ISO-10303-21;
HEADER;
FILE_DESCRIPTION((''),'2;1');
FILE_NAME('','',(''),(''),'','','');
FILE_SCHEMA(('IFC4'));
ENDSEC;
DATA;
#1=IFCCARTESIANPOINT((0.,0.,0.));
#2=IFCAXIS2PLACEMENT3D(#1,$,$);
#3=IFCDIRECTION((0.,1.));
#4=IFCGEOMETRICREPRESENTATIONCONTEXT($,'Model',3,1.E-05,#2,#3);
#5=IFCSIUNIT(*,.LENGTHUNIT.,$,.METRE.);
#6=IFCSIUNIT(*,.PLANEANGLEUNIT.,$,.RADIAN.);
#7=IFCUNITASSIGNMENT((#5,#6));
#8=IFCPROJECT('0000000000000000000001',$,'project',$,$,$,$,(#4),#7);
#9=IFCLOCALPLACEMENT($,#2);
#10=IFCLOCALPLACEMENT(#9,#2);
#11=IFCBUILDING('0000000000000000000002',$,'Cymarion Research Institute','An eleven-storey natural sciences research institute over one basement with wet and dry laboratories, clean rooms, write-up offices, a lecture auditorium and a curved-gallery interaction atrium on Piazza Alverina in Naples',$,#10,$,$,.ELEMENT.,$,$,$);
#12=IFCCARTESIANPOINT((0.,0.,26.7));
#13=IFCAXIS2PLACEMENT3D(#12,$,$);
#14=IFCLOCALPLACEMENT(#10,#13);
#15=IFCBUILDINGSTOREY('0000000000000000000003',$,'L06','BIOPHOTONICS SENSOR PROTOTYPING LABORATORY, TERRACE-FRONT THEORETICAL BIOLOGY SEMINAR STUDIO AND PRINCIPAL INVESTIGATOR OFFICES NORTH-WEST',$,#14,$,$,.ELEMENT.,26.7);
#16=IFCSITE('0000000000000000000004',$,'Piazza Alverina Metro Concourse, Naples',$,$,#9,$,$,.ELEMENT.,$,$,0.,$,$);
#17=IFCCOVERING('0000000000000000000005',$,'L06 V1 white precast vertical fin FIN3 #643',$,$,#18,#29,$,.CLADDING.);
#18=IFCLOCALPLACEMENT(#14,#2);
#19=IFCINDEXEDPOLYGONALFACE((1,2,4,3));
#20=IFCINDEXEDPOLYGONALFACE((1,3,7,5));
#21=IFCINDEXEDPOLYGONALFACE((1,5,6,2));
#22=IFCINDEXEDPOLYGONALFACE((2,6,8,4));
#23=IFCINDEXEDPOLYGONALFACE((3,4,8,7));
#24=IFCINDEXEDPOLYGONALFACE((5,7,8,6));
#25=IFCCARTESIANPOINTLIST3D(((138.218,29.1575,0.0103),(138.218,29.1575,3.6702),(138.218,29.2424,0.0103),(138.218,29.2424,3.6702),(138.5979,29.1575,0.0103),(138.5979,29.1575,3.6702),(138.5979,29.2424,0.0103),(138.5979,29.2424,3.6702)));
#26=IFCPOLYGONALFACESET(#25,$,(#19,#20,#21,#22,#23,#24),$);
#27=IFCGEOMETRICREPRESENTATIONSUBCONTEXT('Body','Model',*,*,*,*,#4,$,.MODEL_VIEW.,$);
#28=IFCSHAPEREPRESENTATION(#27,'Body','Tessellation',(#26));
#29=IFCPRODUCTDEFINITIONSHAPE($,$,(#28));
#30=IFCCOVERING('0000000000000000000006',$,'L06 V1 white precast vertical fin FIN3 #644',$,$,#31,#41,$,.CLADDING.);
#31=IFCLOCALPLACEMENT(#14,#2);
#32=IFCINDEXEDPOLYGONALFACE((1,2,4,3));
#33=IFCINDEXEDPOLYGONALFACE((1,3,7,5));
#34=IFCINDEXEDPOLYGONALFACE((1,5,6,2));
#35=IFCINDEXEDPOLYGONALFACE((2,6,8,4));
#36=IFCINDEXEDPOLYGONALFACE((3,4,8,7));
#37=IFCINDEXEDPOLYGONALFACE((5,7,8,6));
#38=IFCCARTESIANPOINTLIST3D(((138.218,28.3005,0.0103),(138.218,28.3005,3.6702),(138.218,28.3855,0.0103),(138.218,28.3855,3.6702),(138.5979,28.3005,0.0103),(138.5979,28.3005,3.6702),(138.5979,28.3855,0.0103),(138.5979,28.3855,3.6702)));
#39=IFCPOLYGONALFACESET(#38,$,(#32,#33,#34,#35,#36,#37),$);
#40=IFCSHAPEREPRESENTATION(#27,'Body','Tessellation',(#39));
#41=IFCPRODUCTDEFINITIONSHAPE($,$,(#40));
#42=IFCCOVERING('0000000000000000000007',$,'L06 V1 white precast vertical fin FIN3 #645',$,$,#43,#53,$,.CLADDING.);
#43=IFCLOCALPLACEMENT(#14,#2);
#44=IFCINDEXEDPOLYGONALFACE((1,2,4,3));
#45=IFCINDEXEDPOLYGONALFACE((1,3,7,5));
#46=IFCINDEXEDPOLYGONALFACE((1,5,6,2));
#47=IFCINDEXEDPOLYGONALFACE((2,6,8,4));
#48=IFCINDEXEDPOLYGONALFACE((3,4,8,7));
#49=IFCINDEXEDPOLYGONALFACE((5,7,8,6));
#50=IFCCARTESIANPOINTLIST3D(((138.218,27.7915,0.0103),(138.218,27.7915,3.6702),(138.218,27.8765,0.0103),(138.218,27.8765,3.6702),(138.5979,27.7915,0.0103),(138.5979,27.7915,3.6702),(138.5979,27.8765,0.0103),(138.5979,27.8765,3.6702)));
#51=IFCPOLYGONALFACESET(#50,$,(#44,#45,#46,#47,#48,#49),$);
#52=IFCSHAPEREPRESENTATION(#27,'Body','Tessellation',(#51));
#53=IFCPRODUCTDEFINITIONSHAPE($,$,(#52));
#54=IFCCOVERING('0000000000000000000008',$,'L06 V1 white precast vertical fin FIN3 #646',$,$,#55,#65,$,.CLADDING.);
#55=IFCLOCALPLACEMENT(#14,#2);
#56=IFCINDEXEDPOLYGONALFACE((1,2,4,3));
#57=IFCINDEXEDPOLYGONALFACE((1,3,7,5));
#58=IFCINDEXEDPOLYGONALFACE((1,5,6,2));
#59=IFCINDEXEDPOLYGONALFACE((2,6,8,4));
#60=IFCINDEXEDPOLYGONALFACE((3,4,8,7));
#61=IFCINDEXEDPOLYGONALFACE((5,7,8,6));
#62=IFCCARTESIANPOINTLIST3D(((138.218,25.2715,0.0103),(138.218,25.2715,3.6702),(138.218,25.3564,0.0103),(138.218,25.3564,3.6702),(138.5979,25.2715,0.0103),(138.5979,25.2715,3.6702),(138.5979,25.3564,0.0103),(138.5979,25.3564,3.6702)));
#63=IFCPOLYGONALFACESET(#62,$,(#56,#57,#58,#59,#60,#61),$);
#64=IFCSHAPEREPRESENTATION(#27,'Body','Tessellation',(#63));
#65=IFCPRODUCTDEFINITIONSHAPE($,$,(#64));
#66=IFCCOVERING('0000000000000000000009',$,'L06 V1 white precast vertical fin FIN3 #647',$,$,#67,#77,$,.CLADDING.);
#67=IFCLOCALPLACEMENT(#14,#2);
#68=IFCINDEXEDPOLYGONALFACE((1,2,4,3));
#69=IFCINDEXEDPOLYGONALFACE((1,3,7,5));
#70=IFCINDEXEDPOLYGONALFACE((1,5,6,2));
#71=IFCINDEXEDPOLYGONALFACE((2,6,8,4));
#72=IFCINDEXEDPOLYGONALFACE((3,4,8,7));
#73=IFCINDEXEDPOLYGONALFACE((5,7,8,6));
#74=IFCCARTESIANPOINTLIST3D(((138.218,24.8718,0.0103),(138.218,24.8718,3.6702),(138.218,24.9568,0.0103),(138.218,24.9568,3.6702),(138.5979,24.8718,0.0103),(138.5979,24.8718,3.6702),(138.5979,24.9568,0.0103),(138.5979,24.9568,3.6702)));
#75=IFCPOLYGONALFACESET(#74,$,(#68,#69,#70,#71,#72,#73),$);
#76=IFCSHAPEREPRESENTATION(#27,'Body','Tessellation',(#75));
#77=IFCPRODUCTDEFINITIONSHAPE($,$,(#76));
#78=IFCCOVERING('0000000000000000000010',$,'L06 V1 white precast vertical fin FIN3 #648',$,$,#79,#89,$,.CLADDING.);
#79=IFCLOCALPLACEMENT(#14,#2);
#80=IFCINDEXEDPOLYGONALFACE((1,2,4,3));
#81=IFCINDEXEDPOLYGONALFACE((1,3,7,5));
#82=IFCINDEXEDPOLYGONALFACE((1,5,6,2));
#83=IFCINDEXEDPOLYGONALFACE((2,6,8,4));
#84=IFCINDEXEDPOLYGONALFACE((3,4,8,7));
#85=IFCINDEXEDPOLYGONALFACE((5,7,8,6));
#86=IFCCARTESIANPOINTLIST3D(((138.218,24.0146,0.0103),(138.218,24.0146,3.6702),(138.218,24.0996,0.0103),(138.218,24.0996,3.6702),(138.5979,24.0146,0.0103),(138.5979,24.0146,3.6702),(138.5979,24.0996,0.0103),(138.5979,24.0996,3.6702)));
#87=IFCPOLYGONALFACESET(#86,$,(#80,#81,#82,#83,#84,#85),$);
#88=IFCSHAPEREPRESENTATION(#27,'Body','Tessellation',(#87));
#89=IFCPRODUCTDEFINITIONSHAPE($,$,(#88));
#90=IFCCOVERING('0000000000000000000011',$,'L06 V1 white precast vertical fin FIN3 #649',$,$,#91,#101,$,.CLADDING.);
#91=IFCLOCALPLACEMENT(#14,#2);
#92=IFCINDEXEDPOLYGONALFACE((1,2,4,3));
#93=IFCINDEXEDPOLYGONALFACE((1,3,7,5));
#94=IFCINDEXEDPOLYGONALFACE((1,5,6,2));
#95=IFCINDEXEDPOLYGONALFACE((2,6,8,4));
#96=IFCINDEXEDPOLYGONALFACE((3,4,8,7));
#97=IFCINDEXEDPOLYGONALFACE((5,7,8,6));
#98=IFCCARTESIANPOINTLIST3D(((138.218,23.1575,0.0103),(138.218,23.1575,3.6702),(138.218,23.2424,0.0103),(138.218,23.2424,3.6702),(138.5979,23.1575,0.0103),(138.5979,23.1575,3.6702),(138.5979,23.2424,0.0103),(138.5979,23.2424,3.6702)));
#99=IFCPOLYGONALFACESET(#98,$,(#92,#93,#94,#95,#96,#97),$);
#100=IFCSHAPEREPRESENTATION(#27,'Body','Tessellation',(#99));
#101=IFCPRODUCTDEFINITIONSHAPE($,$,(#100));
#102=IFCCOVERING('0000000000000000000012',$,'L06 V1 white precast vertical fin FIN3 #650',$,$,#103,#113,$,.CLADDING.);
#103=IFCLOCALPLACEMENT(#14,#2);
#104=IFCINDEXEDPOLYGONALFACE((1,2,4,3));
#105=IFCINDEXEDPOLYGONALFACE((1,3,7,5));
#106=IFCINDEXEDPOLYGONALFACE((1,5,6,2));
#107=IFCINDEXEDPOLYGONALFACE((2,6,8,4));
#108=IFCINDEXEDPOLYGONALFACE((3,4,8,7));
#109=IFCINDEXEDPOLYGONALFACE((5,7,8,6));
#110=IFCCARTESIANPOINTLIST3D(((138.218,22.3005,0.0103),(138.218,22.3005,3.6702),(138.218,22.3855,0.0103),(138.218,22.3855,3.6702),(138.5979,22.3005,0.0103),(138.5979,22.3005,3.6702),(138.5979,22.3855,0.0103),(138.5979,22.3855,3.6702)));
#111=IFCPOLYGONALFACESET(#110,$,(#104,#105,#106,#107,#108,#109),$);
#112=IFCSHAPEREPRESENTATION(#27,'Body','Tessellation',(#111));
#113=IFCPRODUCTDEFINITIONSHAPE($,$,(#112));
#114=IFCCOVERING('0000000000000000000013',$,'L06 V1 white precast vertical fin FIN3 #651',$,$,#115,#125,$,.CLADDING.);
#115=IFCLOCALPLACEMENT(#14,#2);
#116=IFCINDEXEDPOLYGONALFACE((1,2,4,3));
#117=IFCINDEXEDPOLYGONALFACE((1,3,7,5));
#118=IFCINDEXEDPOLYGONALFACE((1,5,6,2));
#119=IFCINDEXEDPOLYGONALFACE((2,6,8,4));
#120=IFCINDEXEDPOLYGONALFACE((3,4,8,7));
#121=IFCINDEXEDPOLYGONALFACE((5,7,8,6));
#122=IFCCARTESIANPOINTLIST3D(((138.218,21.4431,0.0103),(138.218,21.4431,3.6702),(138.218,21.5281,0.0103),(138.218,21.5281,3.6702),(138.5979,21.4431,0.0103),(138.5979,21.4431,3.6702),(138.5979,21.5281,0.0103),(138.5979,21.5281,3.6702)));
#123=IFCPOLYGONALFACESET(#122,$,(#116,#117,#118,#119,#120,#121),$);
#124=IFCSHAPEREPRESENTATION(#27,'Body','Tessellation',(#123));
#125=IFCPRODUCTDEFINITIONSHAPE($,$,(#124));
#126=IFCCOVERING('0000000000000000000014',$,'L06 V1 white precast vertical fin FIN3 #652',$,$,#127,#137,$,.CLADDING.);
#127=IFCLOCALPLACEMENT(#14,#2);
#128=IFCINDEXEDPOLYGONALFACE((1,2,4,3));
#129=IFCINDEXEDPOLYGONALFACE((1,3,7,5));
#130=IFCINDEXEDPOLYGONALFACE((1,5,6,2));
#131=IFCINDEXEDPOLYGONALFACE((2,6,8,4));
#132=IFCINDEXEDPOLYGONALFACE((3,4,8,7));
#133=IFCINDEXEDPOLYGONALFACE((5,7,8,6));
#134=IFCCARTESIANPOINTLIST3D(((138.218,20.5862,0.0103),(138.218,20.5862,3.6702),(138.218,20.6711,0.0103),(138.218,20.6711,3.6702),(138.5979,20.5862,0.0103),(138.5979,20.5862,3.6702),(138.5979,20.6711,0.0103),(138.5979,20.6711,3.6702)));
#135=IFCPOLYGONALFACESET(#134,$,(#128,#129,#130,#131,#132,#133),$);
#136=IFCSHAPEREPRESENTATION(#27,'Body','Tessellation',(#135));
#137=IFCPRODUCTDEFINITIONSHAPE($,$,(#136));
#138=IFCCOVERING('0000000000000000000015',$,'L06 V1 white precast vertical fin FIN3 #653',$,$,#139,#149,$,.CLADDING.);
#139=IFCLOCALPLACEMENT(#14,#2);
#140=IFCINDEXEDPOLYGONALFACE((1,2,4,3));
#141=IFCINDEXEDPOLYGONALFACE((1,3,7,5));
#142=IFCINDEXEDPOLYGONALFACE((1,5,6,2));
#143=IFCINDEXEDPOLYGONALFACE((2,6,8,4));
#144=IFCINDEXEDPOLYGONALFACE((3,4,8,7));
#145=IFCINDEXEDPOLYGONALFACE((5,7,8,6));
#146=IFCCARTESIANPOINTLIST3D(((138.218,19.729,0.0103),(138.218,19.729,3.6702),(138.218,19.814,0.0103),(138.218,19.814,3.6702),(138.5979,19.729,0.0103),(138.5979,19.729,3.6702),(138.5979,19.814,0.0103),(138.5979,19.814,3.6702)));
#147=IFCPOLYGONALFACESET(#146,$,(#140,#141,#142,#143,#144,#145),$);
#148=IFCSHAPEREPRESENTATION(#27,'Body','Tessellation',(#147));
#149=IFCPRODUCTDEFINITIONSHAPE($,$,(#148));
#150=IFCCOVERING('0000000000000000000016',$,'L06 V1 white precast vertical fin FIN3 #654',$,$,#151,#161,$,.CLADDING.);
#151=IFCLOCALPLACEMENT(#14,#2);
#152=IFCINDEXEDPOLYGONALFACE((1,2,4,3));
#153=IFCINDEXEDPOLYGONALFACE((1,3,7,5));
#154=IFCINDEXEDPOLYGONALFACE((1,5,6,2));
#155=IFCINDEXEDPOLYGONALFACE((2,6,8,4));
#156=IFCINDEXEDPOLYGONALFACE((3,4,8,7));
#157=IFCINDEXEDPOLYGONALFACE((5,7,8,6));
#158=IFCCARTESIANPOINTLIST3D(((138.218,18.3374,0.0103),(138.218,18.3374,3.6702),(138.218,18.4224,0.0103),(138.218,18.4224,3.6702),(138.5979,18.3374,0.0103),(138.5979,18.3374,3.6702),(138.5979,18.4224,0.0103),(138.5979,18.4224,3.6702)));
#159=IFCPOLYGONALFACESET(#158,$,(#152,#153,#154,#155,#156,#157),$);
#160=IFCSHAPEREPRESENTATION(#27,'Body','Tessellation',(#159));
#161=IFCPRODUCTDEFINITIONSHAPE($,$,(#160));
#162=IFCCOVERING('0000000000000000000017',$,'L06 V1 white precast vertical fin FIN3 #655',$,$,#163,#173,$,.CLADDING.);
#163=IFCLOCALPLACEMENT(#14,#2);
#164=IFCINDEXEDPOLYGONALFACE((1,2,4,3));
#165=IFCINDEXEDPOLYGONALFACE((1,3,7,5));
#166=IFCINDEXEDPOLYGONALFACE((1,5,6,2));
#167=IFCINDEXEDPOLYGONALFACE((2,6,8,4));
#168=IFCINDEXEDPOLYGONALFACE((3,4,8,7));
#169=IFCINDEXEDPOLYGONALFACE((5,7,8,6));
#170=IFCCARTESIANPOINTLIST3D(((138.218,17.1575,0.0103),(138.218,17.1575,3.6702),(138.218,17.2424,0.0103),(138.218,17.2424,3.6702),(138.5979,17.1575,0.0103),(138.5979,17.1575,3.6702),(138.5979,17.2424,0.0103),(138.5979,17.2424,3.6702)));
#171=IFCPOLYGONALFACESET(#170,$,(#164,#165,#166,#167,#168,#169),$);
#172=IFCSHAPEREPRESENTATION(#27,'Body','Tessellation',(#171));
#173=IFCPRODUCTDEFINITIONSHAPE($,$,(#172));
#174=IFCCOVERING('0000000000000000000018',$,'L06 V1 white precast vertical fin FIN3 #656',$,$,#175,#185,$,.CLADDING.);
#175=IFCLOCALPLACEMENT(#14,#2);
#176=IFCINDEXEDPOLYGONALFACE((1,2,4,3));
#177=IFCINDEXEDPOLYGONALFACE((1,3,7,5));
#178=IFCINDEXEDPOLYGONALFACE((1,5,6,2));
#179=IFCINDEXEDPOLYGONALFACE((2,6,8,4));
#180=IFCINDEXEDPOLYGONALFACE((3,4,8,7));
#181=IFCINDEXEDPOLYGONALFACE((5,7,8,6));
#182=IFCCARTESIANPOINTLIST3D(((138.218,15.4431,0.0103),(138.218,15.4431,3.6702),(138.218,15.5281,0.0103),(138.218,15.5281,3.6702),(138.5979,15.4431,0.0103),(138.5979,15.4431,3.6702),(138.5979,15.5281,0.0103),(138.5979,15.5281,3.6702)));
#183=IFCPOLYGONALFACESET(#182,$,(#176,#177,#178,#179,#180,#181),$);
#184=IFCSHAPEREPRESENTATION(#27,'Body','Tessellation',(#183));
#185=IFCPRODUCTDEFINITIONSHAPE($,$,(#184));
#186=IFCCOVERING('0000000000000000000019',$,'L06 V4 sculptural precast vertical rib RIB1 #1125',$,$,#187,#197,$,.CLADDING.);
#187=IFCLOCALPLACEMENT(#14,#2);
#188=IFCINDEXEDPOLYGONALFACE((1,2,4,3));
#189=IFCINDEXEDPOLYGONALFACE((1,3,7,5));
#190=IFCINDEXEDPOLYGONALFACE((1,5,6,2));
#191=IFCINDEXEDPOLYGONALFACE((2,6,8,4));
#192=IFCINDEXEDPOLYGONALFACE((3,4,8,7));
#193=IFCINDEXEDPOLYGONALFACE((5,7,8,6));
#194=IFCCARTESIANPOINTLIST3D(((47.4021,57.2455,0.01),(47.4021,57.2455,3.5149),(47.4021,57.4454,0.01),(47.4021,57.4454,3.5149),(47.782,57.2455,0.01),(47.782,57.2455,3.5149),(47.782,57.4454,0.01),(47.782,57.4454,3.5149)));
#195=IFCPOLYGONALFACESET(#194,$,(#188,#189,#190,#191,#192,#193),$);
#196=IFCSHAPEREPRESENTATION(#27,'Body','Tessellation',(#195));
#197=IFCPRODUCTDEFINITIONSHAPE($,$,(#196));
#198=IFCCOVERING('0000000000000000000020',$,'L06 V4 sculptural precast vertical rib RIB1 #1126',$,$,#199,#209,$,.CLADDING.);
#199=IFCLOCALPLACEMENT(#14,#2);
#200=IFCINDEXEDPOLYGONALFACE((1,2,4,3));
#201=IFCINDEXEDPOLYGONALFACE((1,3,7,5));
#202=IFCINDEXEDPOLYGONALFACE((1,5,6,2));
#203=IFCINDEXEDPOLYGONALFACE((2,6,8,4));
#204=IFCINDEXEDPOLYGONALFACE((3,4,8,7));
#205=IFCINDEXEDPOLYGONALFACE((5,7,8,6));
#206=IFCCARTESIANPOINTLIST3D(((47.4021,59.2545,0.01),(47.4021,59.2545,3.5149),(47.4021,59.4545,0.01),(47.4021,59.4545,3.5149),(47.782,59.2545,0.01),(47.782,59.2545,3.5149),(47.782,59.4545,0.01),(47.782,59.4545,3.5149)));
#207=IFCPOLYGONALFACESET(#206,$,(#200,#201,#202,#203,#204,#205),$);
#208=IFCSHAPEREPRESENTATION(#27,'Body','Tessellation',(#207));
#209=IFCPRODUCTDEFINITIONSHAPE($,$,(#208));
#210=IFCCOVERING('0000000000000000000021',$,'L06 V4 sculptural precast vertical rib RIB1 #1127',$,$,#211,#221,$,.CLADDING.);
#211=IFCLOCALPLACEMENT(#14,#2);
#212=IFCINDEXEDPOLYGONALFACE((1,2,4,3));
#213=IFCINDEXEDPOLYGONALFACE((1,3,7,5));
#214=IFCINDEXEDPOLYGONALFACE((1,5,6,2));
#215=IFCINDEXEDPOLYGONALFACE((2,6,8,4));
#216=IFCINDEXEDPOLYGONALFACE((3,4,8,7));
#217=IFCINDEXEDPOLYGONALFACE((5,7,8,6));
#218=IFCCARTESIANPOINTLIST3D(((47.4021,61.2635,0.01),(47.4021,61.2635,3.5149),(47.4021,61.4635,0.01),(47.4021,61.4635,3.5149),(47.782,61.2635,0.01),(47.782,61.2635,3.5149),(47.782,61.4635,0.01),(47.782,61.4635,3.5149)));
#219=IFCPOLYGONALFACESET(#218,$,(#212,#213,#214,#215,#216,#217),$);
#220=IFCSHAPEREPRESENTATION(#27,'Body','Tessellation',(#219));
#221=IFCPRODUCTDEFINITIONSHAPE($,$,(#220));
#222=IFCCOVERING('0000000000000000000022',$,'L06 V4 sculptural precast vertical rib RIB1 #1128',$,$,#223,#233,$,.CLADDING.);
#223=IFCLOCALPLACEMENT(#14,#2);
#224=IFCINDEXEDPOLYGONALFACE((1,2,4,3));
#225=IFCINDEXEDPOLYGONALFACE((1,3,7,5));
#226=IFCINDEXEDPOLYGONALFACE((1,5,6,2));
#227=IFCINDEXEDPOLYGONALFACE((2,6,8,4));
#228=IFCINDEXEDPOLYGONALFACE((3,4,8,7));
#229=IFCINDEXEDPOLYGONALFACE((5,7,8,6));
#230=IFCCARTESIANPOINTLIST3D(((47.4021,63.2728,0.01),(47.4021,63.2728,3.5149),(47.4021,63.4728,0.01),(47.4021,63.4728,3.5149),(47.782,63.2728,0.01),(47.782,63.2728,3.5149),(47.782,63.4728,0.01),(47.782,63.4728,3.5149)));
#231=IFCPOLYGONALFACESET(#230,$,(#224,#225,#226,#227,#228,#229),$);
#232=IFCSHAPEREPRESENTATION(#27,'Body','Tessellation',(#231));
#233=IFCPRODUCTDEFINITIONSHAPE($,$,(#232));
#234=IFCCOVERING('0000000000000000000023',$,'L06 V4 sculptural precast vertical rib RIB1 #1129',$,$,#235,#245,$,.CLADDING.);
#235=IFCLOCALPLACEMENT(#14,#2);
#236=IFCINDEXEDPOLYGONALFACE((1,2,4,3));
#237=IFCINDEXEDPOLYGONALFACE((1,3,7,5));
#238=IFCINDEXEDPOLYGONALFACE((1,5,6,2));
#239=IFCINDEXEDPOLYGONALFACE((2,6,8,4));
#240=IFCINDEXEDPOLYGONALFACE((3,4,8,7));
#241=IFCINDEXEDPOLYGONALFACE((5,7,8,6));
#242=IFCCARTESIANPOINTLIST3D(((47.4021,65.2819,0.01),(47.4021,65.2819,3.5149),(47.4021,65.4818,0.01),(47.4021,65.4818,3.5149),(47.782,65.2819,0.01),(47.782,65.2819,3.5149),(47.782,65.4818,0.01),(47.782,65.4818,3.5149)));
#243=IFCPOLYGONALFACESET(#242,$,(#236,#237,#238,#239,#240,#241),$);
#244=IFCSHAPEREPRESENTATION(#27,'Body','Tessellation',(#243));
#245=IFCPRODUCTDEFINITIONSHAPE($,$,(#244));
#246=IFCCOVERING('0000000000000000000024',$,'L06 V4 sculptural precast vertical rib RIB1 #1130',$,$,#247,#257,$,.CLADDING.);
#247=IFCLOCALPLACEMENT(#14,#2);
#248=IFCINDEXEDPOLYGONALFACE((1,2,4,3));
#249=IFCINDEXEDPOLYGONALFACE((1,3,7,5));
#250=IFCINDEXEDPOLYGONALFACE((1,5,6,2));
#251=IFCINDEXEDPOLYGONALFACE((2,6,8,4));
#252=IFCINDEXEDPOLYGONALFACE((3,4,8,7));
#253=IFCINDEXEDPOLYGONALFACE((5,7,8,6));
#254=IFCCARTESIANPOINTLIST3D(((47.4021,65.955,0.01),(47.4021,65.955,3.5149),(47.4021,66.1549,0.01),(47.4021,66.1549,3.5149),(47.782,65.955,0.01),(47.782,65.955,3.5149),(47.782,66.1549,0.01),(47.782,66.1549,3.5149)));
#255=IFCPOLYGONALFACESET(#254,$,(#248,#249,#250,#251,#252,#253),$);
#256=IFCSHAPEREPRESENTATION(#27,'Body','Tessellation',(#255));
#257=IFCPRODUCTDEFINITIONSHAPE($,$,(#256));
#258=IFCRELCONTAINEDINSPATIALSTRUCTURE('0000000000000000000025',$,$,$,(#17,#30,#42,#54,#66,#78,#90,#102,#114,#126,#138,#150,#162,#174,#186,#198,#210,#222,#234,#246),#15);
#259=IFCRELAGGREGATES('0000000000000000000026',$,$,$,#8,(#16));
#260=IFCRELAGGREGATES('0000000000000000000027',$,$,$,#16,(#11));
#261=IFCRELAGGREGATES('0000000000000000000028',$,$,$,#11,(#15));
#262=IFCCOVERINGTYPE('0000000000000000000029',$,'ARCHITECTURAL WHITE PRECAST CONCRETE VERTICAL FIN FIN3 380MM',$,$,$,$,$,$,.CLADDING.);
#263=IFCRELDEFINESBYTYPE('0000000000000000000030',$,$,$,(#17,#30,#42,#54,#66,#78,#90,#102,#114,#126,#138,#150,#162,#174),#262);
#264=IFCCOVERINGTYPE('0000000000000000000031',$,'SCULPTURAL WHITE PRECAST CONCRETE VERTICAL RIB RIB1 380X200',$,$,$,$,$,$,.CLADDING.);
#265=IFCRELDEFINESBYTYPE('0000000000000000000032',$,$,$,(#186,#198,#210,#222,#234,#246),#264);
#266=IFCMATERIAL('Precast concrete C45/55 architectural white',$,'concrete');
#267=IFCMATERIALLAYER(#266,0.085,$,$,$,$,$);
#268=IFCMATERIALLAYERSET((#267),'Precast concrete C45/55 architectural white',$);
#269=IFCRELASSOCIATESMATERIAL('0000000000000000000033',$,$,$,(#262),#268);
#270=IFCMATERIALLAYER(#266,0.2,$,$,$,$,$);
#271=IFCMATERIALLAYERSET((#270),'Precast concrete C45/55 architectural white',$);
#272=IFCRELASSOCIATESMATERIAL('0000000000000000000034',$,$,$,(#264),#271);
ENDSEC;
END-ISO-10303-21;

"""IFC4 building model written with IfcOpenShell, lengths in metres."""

from ifc_helpers import new_model, si_unit, direction, frame, origin, origin_2d, place, context, subcontext, project, spatial, rectangle, extrude, material, layer, layer_set, type_object, element, save


model = new_model("IFC4")

# Units and contexts
model_context = context("Model", 3, precision=1e-05, world=origin(), true_north=direction((0.0, 1.0)))
body_context = subcontext(model_context, "Body", "Model", "MODEL_VIEW")
ifc_project = project(units=[si_unit("LENGTHUNIT", "METRE"), si_unit("PLANEANGLEUNIT", "RADIAN")], contexts=[model_context])

# Site, building, storey
site_placement = place(None, origin())
site = spatial("IfcSite", under=ifc_project, at=site_placement, Name="Piazza Alverina Metro Concourse, Naples", CompositionType="ELEMENT", RefElevation=0.0)
building_placement = place(site_placement, origin())
building = spatial("IfcBuilding", under=site, at=building_placement, Name="Cymarion Research Institute", Description="An eleven-storey natural sciences research institute over one basement with wet and dry laboratories, clean rooms, write-up offices, a lecture auditorium and a curved-gallery interaction atrium on Piazza Alverina in Naples", CompositionType="ELEMENT")
storey_placement = place(building_placement, frame((0.0, 0.0, 26.7)))
storey = spatial("IfcBuildingStorey", under=building, at=storey_placement, Name="L06", Description="BIOPHOTONICS SENSOR PROTOTYPING LABORATORY, TERRACE-FRONT THEORETICAL BIOLOGY SEMINAR STUDIO AND PRINCIPAL INVESTIGATOR OFFICES NORTH-WEST", CompositionType="ELEMENT", Elevation=26.7)

# Coverings
ifc_material = material(Name="Precast concrete C45/55 architectural white", Category="concrete")
ifc_layer_1 = layer(ifc_material, 0.085)
ifc_layer_set_1 = layer_set([ifc_layer_1], Name="Precast concrete C45/55 architectural white")
covering_type_1 = type_object("IfcCoveringType", Name="ARCHITECTURAL WHITE PRECAST CONCRETE VERTICAL FIN FIN3 380MM", PredefinedType="CLADDING", material=ifc_layer_set_1)
for number, where, z_axis, x_axis, name in (
    (1, (138.408, 29.2, 0.0103), (0.0, 0.0, 1.0), (-1.0, 0.0, 0.0), "L06 V1 white precast vertical fin FIN3 #643"),
    (2, (138.408, 28.343, 0.0103), (0.0, 0.0, 1.0), (-1.0, 0.0, 0.0), "L06 V1 white precast vertical fin FIN3 #644"),
    (3, (138.408, 27.834, 0.0103), (0.0, 0.0, 1.0), (-1.0, 0.0, 0.0), "L06 V1 white precast vertical fin FIN3 #645"),
    (4, (138.408, 25.314, 0.0103), (0.0, 0.0, 1.0), (-1.0, 0.0, 0.0), "L06 V1 white precast vertical fin FIN3 #646"),
    (5, (138.408, 24.9143, 0.0103), (0.0, 0.0, 1.0), (-1.0, 0.0, 0.0), "L06 V1 white precast vertical fin FIN3 #647"),
    (6, (138.408, 24.0571, 0.0103), (0.0, 0.0, 1.0), (-1.0, 0.0, 0.0), "L06 V1 white precast vertical fin FIN3 #648"),
    (7, (138.408, 23.2, 0.0103), (0.0, 0.0, 1.0), (-1.0, 0.0, 0.0), "L06 V1 white precast vertical fin FIN3 #649"),
    (8, (138.408, 22.343, 0.0103), (0.0, 0.0, 1.0), (-1.0, 0.0, 0.0), "L06 V1 white precast vertical fin FIN3 #650"),
    (9, (138.408, 21.4856, 0.0103), (0.0, 0.0, 1.0), (-1.0, 0.0, 0.0), "L06 V1 white precast vertical fin FIN3 #651"),
    (10, (138.408, 20.6287, 0.0103), (0.0, 0.0, 1.0), (-1.0, 0.0, 0.0), "L06 V1 white precast vertical fin FIN3 #652"),
    (11, (138.408, 19.7715, 0.0103), (0.0, 0.0, 1.0), (-1.0, 0.0, 0.0), "L06 V1 white precast vertical fin FIN3 #653"),
    (12, (138.408, 18.3799, 0.0103), (0.0, 0.0, 1.0), (-1.0, 0.0, 0.0), "L06 V1 white precast vertical fin FIN3 #654"),
    (13, (138.408, 17.2, 0.0103), (0.0, 0.0, 1.0), (-1.0, 0.0, 0.0), "L06 V1 white precast vertical fin FIN3 #655"),
    (14, (138.408, 15.4856, 0.0103), (0.0, 0.0, 1.0), (-1.0, 0.0, 0.0), "L06 V1 white precast vertical fin FIN3 #656"),
):
    element("IfcCovering", number, at=place(storey_placement, frame(where, z_axis=z_axis, x_axis=x_axis)), inside=storey, type_object=covering_type_1, Name=name, PredefinedType="CLADDING", context=body_context, shape_type="SweptSolid", body=[
        extrude(rectangle(XDim=0.3799, YDim=0.085, at=origin_2d()), origin(), (0.0, 0.0, 1.0), 3.6599),
    ])
ifc_layer_2 = layer(ifc_material, 0.2)
ifc_layer_set_2 = layer_set([ifc_layer_2], Name="Precast concrete C45/55 architectural white")
covering_type_2 = type_object("IfcCoveringType", Name="SCULPTURAL WHITE PRECAST CONCRETE VERTICAL RIB RIB1 380X200", PredefinedType="CLADDING", material=ifc_layer_set_2)
for number, where, z_axis, x_axis, name in (
    (15, (47.592, 57.3455, 0.01), (0.0, 0.0, 1.0), (1.0, 0.0, 0.0), "L06 V4 sculptural precast vertical rib RIB1 #1125"),
    (16, (47.592, 59.3545, 0.01), (0.0, 0.0, 1.0), (1.0, 0.0, 0.0), "L06 V4 sculptural precast vertical rib RIB1 #1126"),
    (17, (47.592, 61.3635, 0.01), (0.0, 0.0, 1.0), (1.0, 0.0, 0.0), "L06 V4 sculptural precast vertical rib RIB1 #1127"),
    (18, (47.592, 63.3728, 0.01), (0.0, 0.0, 1.0), (1.0, 0.0, 0.0), "L06 V4 sculptural precast vertical rib RIB1 #1128"),
    (19, (47.592, 65.3818, 0.01), (0.0, 0.0, 1.0), (1.0, 0.0, 0.0), "L06 V4 sculptural precast vertical rib RIB1 #1129"),
    (20, (47.592, 66.0549, 0.01), (0.0, 0.0, 1.0), (1.0, 0.0, 0.0), "L06 V4 sculptural precast vertical rib RIB1 #1130"),
):
    element("IfcCovering", number, at=place(storey_placement, frame(where, z_axis=z_axis, x_axis=x_axis)), inside=storey, type_object=covering_type_2, Name=name, PredefinedType="CLADDING", context=body_context, shape_type="SweptSolid", body=[
        extrude(rectangle(XDim=0.3799, YDim=0.2, at=origin_2d()), origin(), (0.0, 0.0, 1.0), 3.5049),
    ])

save(model, "model.ifc")
